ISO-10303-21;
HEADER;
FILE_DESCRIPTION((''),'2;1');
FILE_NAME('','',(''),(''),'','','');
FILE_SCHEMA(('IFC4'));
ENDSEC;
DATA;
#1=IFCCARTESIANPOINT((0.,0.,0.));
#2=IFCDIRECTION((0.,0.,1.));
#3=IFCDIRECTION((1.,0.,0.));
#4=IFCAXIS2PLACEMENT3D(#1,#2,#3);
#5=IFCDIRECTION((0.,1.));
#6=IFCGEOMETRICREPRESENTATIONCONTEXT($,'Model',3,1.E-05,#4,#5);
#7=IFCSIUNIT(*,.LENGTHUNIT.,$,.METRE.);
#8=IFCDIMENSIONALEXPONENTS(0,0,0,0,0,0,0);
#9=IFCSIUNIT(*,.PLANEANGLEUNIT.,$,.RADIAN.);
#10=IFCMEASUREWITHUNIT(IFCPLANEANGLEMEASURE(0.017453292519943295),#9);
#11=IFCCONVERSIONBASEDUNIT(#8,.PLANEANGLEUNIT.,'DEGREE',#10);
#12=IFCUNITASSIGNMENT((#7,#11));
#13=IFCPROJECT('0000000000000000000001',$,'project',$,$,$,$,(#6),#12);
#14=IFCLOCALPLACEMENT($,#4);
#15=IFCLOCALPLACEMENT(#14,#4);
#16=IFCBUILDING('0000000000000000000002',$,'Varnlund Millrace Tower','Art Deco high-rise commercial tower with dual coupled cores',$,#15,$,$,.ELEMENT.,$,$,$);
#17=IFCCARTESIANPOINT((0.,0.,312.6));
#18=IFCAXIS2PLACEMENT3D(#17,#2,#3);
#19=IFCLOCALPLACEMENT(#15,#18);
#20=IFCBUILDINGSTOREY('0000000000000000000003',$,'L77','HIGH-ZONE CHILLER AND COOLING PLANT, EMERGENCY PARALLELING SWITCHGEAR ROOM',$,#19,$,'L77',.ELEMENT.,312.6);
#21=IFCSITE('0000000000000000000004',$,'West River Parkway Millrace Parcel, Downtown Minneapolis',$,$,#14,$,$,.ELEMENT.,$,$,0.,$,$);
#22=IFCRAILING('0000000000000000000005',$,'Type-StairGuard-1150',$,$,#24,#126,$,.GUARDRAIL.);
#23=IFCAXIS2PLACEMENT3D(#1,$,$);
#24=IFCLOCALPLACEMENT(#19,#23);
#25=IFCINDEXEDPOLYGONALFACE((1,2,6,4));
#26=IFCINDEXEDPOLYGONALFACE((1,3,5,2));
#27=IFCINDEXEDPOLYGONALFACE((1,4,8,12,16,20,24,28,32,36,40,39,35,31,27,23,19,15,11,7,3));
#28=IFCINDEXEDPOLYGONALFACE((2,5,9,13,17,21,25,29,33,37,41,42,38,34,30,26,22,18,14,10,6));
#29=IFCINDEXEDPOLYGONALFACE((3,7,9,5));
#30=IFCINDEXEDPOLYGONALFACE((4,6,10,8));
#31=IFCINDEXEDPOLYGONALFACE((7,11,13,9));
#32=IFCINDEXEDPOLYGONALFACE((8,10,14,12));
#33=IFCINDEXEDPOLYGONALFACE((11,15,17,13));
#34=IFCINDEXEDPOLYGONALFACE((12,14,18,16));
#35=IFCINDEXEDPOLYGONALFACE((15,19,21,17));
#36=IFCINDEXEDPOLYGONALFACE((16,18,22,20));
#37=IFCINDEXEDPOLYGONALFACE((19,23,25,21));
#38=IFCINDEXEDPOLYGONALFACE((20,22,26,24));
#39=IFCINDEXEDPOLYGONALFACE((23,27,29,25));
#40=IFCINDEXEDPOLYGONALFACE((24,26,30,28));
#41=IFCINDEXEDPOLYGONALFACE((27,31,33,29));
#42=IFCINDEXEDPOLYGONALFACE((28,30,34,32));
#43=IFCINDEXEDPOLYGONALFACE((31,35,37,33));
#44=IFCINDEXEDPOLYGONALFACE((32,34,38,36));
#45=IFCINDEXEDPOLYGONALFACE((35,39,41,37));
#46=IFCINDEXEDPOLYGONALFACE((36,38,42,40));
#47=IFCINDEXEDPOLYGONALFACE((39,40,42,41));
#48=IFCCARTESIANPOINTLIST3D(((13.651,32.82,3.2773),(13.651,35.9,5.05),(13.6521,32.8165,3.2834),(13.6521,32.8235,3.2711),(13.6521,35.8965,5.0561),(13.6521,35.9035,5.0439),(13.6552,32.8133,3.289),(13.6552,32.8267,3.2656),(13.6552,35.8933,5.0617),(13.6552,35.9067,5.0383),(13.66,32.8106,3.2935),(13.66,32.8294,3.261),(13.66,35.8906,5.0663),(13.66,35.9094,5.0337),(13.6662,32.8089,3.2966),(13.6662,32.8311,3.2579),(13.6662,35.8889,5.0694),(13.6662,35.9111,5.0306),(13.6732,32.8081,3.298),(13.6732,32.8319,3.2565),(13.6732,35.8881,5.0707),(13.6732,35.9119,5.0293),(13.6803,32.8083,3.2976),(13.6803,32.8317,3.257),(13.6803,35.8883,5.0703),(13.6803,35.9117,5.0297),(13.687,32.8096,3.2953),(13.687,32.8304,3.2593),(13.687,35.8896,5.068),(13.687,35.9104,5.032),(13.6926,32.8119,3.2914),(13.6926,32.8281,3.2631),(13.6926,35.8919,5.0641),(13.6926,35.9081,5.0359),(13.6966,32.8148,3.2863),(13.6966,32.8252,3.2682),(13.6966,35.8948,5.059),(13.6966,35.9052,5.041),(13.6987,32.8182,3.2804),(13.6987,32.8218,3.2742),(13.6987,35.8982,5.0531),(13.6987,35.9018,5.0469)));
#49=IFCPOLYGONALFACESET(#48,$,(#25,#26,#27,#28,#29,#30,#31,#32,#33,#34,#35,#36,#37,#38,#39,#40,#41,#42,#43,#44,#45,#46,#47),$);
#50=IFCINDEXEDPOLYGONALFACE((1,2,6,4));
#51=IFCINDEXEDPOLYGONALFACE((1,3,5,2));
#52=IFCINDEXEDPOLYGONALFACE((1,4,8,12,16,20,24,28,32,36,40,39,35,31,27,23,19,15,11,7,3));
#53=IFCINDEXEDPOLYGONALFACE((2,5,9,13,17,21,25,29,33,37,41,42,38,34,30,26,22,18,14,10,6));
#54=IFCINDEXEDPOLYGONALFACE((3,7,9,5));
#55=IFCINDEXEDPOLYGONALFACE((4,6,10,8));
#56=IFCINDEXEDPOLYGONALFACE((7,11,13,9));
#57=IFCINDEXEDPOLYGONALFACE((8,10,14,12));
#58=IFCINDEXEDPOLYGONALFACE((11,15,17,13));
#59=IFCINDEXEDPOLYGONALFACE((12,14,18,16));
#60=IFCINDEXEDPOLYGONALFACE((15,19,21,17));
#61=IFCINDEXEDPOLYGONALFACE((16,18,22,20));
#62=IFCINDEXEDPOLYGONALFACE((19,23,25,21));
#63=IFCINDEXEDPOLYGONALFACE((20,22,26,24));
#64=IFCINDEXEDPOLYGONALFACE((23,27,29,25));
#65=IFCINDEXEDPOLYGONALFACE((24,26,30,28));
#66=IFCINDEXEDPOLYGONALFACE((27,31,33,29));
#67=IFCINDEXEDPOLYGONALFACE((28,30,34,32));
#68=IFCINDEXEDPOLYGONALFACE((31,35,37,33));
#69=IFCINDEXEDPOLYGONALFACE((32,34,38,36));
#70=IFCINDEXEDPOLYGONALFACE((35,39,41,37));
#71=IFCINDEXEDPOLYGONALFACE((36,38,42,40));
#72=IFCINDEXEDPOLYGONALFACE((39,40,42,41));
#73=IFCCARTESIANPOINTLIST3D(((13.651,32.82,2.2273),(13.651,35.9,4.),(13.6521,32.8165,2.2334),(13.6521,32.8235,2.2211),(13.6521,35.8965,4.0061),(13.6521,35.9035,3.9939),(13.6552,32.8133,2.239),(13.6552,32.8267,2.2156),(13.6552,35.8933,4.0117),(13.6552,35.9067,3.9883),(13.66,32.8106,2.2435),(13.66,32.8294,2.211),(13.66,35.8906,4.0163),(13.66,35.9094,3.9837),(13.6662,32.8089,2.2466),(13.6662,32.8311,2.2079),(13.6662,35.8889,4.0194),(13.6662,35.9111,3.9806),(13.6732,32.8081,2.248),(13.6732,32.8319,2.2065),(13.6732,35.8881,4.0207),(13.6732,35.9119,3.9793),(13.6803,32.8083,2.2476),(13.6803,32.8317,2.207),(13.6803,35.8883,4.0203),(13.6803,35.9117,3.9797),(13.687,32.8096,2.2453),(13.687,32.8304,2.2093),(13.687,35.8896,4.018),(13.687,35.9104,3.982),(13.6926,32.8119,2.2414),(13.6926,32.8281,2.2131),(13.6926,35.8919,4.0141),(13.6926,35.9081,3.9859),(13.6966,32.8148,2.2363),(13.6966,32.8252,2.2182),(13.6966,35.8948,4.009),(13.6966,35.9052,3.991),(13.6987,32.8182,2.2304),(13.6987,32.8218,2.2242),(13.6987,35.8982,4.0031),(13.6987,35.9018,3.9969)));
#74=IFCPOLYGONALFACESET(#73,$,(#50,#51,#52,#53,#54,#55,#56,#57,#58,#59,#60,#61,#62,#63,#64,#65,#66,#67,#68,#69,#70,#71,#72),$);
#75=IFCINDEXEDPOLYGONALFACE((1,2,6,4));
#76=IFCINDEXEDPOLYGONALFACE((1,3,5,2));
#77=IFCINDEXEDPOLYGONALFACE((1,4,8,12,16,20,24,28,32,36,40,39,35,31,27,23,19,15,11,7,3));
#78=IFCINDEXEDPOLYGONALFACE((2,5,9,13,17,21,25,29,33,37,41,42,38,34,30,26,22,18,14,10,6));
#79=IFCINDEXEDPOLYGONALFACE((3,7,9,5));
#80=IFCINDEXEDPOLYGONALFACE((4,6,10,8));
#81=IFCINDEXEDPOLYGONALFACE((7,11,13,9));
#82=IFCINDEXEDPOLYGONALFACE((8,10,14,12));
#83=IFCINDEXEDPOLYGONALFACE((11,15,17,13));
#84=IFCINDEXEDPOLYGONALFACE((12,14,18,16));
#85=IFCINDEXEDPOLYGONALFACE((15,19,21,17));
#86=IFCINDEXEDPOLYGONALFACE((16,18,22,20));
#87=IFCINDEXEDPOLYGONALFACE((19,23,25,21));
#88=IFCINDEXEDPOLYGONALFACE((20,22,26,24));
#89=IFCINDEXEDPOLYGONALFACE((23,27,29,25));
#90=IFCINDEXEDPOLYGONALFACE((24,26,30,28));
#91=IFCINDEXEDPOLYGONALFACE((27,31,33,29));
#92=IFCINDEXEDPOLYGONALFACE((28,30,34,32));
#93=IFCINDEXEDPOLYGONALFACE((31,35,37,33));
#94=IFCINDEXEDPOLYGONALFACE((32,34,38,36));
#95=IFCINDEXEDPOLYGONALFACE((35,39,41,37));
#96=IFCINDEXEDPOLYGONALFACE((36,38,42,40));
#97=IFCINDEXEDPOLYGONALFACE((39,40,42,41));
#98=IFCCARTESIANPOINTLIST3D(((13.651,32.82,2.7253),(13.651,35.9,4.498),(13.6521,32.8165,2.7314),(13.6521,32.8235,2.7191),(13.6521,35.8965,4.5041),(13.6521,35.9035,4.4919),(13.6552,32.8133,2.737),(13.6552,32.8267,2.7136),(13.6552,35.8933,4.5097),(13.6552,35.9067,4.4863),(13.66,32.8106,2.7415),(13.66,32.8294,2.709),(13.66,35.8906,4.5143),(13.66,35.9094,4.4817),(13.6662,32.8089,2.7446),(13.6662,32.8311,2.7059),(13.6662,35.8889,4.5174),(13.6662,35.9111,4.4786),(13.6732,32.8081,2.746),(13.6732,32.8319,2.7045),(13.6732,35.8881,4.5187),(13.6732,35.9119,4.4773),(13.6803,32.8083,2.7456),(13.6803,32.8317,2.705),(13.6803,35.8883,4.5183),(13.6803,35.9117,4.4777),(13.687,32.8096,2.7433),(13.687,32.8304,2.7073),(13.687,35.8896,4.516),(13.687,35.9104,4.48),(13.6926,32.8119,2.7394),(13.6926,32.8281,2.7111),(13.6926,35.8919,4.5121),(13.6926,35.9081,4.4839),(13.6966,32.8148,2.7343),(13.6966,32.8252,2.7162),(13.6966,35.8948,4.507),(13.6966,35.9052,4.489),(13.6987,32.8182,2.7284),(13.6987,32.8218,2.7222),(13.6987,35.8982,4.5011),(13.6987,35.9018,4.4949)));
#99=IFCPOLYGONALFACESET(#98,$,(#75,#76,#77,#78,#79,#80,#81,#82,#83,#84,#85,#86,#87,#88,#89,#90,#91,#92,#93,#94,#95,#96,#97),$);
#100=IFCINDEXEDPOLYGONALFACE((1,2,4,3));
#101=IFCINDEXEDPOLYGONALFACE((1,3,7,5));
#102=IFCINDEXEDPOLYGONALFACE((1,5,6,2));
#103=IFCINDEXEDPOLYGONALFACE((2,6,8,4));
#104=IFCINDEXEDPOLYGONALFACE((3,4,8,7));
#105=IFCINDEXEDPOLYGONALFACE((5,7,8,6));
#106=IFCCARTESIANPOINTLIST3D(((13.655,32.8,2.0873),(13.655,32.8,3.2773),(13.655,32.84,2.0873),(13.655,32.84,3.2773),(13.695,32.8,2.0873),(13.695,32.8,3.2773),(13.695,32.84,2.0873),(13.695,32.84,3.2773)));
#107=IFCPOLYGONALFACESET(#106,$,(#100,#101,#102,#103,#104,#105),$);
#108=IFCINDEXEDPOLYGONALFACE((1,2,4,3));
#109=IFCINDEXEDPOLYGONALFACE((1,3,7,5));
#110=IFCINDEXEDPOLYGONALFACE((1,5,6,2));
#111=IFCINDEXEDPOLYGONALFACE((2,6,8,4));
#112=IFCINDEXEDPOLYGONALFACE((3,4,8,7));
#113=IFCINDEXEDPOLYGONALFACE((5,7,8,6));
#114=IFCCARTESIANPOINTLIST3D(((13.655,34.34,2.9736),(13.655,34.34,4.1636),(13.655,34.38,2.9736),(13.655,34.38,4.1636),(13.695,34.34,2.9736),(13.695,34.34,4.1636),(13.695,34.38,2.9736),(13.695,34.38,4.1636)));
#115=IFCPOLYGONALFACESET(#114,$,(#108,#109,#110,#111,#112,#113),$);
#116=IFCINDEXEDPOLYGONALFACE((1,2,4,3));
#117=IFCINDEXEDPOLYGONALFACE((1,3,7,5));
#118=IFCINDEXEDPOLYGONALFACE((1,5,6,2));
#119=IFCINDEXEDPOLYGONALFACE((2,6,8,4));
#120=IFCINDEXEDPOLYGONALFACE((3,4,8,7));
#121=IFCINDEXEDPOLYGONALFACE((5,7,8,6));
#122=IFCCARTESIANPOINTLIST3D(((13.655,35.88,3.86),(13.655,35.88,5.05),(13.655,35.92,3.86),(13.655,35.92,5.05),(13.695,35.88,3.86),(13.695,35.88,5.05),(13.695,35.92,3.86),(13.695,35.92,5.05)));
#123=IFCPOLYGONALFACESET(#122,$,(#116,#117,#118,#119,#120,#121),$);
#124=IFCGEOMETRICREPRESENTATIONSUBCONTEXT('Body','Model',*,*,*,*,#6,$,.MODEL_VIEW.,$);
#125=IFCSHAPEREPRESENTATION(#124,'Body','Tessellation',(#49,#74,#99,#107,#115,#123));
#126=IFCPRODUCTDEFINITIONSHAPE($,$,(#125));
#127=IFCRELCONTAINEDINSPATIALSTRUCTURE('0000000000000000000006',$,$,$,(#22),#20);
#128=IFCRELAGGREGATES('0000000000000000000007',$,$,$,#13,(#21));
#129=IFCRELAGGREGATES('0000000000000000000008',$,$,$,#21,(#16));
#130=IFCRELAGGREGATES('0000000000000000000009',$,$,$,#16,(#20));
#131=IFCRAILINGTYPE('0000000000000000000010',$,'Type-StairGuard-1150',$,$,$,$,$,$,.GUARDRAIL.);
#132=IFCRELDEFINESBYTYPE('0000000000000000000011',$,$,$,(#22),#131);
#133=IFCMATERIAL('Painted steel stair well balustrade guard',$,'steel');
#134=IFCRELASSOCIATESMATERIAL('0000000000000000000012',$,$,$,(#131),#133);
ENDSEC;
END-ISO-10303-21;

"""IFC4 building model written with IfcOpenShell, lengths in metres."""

from ifc_helpers import new_model, entity, si_unit, converted_unit, direction, frame, origin_with_axes, origin_2d_with_axis, place, context, subcontext, project, spatial, rectangle, circle, extrude, material, type_object, element, save


model = new_model("IFC4")

# Units and contexts
model_context = context("Model", 3, precision=1e-05, world=origin_with_axes(), true_north=direction((0.0, 1.0)))
body_context = subcontext(model_context, "Body", "Model", "MODEL_VIEW")
ifc_project = project(units=[si_unit("LENGTHUNIT", "METRE"), converted_unit("PLANEANGLEUNIT", "DEGREE", entity("IfcPlaneAngleMeasure", 0.017453292519943295), si_unit("PLANEANGLEUNIT", "RADIAN"), dimensions=[0, 0, 0, 0, 0, 0, 0])], contexts=[model_context])

# Site, building, storey
site_placement = place(None, origin_with_axes())
site = spatial("IfcSite", under=ifc_project, at=site_placement, Name="West River Parkway Millrace Parcel, Downtown Minneapolis", CompositionType="ELEMENT", RefElevation=0.0)
building_placement = place(site_placement, origin_with_axes())
building = spatial("IfcBuilding", under=site, at=building_placement, Name="Varnlund Millrace Tower", Description="Art Deco high-rise commercial tower with dual coupled cores", CompositionType="ELEMENT")
storey_placement = place(building_placement, frame((0.0, 0.0, 312.6), z_axis=(0.0, 0.0, 1.0), x_axis=(1.0, 0.0, 0.0)))
storey = spatial("IfcBuildingStorey", under=building, at=storey_placement, Name="L77", Description="HIGH-ZONE CHILLER AND COOLING PLANT, EMERGENCY PARALLELING SWITCHGEAR ROOM", LongName="L77", CompositionType="ELEMENT", Elevation=312.6)

# Railing
ifc_material_1 = material(Name="Painted steel stair well balustrade guard", Category="steel")
railing_type_1 = type_object("IfcRailingType", Name="Type-StairGuard-1150", PredefinedType="GUARDRAIL", material=ifc_material_1)
railing_1_placement = place(storey_placement, frame((0.0, 0.0, -312.6), z_axis=(0.0, 0.0, 1.0), x_axis=(1.0, 0.0, 0.0)))
element("IfcRailing", 1, at=railing_1_placement, inside=storey, type_object=railing_type_1, Name="Type-StairGuard-1150", PredefinedType="GUARDRAIL", context=body_context, shape_type="SweptSolid", body=[
    extrude(circle(Radius=0.024, at=origin_2d_with_axis()), frame((13.675, 32.82, 315.8773), z_axis=(0.0, 0.866696, 0.498836), x_axis=(-1.0, 0.0, 0.0)), (0.0, 0.0, 1.0), 3.5537),
    extrude(circle(Radius=0.024, at=origin_2d_with_axis()), frame((13.675, 32.82, 314.8273), z_axis=(0.0, 0.866696, 0.498836), x_axis=(-1.0, 0.0, 0.0)), (0.0, 0.0, 1.0), 3.5537),
    extrude(circle(Radius=0.024, at=origin_2d_with_axis()), frame((13.675, 32.82, 315.3253), z_axis=(0.0, 0.866696, 0.498836), x_axis=(-1.0, 0.0, 0.0)), (0.0, 0.0, 1.0), 3.5537),
    extrude(rectangle(XDim=0.04, YDim=0.04, at=origin_2d_with_axis()), frame((13.675, 32.82, 314.6873), z_axis=(0.0, 0.0, 1.0), x_axis=(1.0, 0.0, 0.0)), (0.0, 0.0, 1.0), 1.19),
    extrude(rectangle(XDim=0.04, YDim=0.04, at=origin_2d_with_axis()), frame((13.675, 34.36, 315.5736), z_axis=(0.0, 0.0, 1.0), x_axis=(1.0, 0.0, 0.0)), (0.0, 0.0, 1.0), 1.19),
    extrude(rectangle(XDim=0.04, YDim=0.04, at=origin_2d_with_axis()), frame((13.675, 35.9, 316.46), z_axis=(0.0, 0.0, 1.0), x_axis=(1.0, 0.0, 0.0)), (0.0, 0.0, 1.0), 1.19),
])

save(model, "model.ifc")
